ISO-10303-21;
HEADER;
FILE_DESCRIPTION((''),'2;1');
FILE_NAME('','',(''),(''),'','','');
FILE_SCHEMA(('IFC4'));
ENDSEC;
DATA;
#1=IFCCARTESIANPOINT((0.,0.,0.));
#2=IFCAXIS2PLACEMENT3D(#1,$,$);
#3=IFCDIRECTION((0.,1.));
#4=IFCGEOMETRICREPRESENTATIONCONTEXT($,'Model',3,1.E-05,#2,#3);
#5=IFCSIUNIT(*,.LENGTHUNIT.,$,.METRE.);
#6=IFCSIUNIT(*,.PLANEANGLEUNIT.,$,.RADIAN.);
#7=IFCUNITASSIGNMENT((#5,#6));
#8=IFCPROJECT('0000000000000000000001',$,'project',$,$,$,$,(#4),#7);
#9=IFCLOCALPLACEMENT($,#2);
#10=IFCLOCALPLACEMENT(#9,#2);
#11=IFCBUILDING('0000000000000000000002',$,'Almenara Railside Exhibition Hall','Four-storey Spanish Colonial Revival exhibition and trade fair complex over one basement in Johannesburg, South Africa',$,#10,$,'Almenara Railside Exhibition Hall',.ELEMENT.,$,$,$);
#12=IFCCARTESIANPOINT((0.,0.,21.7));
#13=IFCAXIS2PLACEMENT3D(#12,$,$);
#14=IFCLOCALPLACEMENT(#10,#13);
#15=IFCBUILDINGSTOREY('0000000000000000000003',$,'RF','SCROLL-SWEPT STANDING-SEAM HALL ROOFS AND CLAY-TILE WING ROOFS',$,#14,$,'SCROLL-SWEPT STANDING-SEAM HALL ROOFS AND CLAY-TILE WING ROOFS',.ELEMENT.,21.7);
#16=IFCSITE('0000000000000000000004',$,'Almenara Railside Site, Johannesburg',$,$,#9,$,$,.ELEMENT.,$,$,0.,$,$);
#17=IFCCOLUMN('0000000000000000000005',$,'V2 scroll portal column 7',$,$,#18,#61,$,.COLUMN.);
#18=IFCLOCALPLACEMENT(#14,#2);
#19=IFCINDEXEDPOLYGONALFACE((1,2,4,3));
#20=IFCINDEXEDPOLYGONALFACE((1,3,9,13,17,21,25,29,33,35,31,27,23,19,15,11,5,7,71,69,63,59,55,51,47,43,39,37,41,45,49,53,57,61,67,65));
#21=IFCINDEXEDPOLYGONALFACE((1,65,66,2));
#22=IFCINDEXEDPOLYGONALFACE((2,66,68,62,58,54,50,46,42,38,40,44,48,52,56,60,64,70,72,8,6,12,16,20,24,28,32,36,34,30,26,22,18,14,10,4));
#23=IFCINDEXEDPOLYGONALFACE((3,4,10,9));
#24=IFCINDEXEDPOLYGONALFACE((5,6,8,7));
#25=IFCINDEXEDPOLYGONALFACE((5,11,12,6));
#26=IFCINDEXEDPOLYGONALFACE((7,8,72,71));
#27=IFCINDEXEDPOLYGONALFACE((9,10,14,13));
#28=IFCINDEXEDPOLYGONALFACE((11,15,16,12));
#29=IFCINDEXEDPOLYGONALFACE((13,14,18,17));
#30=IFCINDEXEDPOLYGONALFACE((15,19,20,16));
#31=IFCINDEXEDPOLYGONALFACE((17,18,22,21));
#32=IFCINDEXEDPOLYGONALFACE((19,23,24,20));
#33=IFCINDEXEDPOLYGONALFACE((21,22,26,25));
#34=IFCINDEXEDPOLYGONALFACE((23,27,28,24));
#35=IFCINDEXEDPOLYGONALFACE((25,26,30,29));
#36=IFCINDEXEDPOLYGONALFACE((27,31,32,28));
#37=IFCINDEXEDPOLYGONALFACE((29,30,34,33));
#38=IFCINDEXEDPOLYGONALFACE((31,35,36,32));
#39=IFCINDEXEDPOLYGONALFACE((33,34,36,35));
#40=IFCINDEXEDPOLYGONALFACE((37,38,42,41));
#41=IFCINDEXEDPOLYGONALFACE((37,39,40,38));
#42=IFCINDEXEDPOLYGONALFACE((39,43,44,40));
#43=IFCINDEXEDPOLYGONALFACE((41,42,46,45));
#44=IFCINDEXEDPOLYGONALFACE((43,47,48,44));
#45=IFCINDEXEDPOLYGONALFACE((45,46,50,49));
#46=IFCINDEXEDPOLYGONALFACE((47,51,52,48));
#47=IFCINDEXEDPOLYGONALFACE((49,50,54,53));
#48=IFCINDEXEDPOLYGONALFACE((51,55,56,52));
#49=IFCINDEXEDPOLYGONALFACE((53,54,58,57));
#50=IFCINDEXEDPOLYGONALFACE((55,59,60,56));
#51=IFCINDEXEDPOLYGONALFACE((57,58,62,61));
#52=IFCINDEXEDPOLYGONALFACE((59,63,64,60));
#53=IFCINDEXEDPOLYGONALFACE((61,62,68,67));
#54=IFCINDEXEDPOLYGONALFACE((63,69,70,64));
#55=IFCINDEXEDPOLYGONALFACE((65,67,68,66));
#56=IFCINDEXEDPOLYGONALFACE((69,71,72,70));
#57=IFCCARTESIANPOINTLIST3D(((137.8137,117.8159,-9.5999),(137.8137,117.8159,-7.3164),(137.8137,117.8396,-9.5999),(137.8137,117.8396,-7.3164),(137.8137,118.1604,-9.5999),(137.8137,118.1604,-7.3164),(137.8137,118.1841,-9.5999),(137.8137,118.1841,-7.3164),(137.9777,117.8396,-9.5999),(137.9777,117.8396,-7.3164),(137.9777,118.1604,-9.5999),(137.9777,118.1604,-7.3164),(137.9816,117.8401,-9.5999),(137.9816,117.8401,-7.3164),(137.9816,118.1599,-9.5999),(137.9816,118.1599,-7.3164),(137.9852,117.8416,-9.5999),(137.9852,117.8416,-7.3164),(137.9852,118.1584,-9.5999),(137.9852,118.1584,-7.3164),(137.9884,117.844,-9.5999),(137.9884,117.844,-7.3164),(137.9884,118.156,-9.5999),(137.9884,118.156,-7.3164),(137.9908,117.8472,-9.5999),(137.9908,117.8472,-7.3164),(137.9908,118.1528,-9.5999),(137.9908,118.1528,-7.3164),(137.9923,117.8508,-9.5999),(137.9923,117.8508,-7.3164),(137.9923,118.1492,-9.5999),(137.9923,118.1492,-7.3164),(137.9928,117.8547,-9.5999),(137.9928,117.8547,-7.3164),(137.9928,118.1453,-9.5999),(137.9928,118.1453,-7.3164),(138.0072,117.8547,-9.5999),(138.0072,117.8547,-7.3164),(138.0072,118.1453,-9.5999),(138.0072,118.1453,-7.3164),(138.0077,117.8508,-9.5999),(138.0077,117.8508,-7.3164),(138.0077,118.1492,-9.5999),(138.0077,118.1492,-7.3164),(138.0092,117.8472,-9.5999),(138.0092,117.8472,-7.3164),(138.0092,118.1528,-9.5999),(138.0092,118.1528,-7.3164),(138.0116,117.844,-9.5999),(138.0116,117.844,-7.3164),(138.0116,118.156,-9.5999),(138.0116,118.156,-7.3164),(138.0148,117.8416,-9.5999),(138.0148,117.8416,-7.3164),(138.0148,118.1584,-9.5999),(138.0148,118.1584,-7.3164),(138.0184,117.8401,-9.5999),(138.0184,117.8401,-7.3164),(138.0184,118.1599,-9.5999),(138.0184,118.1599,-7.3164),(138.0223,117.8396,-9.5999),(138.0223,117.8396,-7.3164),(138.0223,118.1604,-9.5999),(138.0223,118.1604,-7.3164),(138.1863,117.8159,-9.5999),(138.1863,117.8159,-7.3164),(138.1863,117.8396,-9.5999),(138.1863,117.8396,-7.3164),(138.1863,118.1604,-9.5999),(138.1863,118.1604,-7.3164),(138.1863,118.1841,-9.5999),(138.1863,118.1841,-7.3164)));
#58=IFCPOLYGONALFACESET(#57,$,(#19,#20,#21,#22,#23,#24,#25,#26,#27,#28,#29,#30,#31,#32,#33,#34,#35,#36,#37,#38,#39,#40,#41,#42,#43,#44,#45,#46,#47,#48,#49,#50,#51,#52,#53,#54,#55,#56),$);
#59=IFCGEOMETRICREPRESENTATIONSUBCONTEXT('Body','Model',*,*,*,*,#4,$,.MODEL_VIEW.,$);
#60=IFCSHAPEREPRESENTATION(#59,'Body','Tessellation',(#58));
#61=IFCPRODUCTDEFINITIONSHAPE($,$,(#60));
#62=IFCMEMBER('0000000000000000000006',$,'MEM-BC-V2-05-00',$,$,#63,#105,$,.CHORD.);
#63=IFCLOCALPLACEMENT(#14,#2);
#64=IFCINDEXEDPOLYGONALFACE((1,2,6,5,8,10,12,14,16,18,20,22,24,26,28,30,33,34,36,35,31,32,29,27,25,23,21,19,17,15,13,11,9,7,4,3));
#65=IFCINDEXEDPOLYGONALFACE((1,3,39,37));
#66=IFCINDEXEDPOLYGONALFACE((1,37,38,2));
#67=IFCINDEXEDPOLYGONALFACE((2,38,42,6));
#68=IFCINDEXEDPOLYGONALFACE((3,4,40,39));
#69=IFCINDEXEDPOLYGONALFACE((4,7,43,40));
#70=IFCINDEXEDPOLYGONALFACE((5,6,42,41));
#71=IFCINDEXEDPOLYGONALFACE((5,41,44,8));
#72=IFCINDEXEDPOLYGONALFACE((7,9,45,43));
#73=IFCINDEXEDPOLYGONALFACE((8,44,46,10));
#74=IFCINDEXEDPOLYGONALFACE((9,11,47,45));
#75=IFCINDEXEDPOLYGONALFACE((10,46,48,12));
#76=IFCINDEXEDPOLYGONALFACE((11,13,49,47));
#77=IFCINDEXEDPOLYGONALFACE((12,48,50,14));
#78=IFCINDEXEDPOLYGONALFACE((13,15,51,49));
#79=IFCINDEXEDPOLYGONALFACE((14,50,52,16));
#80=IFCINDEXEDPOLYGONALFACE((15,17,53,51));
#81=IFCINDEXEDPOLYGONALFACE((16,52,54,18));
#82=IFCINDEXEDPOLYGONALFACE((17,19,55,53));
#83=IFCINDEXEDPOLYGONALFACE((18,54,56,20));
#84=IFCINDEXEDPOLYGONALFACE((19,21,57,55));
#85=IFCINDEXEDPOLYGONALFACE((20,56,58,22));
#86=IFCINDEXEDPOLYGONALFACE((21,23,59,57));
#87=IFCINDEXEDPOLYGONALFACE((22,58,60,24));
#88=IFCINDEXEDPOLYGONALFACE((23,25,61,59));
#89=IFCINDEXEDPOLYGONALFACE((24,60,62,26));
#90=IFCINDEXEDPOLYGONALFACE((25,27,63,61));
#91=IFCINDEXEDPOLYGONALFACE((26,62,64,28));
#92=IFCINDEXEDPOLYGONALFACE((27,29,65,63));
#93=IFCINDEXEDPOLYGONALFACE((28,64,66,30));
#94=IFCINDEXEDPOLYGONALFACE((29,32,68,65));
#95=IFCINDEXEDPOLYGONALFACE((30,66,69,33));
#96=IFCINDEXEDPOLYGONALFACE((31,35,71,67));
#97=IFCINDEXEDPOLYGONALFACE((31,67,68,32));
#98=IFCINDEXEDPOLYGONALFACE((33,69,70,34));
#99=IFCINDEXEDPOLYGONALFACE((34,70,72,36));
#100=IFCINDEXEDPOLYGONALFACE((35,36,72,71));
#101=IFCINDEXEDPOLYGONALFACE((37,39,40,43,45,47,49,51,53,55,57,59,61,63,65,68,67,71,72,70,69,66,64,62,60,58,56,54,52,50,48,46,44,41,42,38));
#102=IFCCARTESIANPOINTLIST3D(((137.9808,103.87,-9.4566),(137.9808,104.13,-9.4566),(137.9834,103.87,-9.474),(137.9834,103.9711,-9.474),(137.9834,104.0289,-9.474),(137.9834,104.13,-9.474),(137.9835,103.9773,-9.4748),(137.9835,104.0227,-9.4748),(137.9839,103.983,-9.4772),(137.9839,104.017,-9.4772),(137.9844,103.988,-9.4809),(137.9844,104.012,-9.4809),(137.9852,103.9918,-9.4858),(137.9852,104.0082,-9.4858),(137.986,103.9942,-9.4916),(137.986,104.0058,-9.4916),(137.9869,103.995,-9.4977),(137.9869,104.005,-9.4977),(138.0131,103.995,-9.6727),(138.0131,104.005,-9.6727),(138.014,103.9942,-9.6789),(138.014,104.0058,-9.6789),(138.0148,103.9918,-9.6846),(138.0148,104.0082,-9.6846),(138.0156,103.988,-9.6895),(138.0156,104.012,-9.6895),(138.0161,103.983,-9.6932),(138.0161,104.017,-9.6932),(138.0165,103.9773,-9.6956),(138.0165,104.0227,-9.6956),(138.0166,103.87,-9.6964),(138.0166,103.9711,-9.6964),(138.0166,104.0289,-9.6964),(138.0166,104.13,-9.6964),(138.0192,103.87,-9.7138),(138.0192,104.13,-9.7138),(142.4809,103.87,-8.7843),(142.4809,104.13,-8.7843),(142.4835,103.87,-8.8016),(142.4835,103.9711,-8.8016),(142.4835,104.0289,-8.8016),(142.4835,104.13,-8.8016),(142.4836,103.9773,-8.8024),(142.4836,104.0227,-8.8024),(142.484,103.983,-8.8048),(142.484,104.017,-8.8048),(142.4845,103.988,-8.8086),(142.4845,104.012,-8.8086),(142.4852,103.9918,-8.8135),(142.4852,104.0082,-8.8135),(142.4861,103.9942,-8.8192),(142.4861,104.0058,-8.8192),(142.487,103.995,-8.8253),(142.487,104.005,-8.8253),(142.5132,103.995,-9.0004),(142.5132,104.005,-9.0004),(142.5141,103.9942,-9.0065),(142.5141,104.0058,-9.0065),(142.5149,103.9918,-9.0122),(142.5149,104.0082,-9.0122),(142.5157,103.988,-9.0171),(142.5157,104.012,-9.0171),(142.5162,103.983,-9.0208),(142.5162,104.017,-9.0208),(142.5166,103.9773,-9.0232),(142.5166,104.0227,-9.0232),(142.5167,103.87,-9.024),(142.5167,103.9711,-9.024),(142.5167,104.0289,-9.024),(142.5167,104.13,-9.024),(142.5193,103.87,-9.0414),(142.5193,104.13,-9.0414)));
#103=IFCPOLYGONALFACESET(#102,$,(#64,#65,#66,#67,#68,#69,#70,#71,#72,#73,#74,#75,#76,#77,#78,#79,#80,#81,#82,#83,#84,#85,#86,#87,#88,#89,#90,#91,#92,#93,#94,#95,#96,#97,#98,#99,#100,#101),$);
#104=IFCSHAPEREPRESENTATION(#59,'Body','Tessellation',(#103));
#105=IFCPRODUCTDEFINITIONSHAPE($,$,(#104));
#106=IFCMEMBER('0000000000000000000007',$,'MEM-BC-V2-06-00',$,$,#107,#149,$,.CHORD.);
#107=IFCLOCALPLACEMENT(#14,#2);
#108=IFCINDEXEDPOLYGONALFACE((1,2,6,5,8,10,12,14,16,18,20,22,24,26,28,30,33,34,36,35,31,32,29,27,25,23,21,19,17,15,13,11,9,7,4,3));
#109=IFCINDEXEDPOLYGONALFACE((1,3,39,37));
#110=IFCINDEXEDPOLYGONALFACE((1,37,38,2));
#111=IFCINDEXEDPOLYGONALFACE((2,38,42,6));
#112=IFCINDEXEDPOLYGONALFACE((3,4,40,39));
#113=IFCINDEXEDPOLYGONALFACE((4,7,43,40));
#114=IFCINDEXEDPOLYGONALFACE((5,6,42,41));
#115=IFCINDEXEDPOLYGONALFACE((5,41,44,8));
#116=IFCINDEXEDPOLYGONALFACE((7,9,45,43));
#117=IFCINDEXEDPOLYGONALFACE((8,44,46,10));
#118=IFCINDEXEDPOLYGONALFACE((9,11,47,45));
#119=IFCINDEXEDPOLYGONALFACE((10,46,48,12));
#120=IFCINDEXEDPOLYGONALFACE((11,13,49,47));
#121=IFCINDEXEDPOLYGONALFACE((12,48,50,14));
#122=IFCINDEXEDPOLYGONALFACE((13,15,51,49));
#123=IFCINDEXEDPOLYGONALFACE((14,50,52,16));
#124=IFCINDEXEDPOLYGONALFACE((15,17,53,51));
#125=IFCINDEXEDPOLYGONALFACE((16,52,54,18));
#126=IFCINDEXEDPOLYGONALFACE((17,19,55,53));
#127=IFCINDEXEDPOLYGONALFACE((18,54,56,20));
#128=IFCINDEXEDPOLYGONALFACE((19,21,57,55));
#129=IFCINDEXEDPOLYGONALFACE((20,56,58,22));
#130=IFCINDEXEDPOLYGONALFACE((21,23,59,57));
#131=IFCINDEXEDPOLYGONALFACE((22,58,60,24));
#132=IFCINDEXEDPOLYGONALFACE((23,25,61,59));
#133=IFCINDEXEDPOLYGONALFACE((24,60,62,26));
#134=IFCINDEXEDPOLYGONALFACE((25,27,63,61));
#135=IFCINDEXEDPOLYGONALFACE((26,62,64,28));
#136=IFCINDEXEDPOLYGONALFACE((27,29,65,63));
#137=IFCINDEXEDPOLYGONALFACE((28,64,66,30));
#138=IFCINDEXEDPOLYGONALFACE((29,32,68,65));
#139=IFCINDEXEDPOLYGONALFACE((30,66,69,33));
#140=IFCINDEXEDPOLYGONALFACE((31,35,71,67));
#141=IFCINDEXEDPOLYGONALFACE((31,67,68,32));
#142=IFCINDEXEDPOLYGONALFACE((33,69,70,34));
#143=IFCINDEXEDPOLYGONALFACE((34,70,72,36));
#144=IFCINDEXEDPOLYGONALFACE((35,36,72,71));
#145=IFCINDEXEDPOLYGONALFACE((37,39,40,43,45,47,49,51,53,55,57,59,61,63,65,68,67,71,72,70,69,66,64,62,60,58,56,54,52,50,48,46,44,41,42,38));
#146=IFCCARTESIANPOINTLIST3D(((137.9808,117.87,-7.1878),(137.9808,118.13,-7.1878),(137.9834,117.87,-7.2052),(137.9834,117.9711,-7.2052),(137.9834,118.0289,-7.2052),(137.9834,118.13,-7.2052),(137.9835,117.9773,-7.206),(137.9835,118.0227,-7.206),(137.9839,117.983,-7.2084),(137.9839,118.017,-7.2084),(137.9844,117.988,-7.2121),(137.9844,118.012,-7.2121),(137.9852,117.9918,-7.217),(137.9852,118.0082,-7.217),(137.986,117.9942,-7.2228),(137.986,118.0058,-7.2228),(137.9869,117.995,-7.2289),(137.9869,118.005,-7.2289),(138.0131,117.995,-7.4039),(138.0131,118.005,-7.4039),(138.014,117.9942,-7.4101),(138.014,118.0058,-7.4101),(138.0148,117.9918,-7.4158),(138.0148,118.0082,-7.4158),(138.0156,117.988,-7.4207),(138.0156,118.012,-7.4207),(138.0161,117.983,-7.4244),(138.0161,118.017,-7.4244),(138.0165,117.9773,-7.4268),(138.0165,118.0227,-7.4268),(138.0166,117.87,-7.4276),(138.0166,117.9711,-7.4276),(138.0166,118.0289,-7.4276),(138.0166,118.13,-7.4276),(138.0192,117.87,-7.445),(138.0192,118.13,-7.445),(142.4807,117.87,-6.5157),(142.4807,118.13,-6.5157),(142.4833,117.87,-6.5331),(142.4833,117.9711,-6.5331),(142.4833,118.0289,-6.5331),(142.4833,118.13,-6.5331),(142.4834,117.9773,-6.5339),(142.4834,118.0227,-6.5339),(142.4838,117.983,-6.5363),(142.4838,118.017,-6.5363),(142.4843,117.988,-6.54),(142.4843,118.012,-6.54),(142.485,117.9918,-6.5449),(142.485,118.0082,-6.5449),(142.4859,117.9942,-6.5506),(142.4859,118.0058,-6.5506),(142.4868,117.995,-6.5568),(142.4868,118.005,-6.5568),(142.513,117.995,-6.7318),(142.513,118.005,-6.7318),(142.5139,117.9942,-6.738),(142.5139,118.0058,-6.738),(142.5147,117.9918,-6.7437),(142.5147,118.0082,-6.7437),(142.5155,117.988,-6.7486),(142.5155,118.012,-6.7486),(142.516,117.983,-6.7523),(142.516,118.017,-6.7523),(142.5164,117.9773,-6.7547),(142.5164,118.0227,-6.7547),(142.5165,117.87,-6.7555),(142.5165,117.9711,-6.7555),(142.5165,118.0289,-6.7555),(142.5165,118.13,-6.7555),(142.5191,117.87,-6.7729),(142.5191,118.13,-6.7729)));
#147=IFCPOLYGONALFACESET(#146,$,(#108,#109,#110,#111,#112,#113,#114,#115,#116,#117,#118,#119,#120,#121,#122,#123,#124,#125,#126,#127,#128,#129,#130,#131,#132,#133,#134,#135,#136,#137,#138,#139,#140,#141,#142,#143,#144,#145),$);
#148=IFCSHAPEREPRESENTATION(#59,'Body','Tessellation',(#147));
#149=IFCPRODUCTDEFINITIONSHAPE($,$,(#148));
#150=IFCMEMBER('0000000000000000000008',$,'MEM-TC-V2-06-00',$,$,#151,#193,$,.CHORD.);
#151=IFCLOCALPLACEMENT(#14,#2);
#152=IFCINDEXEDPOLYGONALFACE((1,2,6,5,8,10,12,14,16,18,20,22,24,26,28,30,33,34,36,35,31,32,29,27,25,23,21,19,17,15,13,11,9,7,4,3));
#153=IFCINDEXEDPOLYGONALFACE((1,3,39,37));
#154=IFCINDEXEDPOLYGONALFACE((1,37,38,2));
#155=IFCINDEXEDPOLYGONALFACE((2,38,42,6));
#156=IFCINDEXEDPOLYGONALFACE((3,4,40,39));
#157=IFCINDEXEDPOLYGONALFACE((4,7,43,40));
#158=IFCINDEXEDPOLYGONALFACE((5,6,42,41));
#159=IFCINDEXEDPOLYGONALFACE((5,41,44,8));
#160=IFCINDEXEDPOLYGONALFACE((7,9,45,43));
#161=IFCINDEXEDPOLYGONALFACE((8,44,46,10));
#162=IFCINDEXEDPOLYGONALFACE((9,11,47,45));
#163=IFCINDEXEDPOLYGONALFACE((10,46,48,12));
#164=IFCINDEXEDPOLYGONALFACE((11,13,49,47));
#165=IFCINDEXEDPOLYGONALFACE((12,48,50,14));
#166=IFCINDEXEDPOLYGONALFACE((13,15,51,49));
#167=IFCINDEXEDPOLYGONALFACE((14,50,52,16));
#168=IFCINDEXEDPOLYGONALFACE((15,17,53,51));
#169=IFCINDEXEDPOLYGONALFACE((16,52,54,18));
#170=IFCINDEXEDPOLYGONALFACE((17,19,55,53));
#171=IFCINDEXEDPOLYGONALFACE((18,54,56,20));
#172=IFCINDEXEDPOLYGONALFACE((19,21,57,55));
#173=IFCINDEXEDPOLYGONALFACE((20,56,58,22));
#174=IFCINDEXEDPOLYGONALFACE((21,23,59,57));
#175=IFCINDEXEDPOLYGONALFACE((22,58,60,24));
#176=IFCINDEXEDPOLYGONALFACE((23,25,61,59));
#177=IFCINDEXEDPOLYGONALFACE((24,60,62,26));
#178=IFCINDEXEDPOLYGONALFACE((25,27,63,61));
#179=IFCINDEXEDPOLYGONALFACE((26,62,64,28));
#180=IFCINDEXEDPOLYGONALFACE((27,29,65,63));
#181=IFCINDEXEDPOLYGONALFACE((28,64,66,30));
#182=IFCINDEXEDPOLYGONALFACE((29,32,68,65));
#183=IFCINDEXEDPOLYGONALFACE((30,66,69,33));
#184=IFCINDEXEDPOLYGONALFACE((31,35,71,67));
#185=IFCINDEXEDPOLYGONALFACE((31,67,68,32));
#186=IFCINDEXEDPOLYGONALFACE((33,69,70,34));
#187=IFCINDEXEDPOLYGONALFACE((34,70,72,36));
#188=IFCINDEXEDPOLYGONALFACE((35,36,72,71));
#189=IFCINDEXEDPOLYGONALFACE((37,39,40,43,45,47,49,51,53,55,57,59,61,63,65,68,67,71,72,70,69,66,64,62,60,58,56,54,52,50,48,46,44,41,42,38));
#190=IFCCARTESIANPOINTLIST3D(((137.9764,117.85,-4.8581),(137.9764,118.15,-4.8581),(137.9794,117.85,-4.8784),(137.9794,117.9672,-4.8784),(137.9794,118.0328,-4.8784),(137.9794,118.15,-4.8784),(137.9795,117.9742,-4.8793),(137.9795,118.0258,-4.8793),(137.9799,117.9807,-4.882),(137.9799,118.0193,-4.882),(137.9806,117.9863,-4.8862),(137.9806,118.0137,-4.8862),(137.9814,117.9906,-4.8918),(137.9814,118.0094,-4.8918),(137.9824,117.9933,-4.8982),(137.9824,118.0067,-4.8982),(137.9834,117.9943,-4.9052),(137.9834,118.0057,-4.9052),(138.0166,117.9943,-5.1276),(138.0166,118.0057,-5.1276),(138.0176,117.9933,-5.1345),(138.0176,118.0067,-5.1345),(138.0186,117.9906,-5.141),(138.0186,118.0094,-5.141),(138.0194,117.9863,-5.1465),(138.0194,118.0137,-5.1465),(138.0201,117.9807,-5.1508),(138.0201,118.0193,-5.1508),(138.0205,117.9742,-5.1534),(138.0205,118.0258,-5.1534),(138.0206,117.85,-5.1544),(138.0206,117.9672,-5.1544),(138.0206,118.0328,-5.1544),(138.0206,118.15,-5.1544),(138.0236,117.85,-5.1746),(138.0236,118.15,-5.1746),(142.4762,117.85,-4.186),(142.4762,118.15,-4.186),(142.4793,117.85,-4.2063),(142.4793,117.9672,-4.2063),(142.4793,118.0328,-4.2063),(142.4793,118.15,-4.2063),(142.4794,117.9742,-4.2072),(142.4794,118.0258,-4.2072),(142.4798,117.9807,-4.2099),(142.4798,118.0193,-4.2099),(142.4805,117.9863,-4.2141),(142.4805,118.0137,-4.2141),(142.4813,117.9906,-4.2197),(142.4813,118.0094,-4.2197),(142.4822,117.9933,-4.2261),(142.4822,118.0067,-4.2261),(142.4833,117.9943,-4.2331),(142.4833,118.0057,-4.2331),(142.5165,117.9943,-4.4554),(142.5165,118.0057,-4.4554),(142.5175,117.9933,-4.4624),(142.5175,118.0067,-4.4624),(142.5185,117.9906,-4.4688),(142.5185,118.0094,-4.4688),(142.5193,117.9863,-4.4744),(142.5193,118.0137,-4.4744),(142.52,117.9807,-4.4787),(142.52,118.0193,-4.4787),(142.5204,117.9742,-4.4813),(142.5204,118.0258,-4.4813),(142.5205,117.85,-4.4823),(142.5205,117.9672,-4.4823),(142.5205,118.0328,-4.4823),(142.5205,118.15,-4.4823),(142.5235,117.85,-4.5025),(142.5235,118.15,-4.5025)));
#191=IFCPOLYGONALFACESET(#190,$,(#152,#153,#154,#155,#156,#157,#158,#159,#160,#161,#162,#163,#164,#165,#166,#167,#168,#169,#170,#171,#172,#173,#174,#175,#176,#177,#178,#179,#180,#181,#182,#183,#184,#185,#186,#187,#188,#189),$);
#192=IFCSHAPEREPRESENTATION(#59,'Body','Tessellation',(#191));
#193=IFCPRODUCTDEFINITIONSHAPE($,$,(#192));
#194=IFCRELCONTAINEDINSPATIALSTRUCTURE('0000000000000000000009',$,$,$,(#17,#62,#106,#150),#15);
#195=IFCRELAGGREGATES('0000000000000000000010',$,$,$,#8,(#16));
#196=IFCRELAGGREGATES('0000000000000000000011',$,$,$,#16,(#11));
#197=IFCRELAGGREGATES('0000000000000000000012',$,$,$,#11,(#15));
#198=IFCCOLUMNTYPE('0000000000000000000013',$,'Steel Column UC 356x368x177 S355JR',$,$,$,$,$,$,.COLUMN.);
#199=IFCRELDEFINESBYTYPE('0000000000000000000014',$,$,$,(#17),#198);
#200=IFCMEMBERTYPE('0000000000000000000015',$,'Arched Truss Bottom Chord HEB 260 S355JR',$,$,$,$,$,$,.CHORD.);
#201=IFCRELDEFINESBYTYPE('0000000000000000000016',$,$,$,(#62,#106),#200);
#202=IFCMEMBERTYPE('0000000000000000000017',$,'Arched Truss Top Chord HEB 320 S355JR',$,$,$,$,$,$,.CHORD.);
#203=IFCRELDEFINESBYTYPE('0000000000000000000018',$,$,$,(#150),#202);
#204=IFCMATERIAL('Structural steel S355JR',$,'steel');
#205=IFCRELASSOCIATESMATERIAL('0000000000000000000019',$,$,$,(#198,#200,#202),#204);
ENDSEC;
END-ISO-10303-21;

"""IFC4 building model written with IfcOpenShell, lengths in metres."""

from ifc_helpers import new_model, si_unit, direction, frame, origin, origin_2d, place, context, subcontext, project, spatial, i_section, extrude, material, material_profile, profile_set, type_object, element, save


model = new_model("IFC4")

# Units and contexts
model_context = context("Model", 3, precision=1e-05, world=origin(), true_north=direction((0.0, 1.0)))
body_context = subcontext(model_context, "Body", "Model", "MODEL_VIEW")
ifc_project = project(units=[si_unit("LENGTHUNIT", "METRE"), si_unit("PLANEANGLEUNIT", "RADIAN")], contexts=[model_context])

# Site, building, storey
site_placement = place(None, origin())
site = spatial("IfcSite", under=ifc_project, at=site_placement, Name="Almenara Railside Site, Johannesburg", CompositionType="ELEMENT", RefElevation=0.0)
building_placement = place(site_placement, origin())
building = spatial("IfcBuilding", under=site, at=building_placement, Name="Almenara Railside Exhibition Hall", Description="Four-storey Spanish Colonial Revival exhibition and trade fair complex over one basement in Johannesburg, South Africa", LongName="Almenara Railside Exhibition Hall", CompositionType="ELEMENT")
storey_placement = place(building_placement, frame((0.0, 0.0, 21.7)))
storey = spatial("IfcBuildingStorey", under=building, at=storey_placement, Name="RF", Description="SCROLL-SWEPT STANDING-SEAM HALL ROOFS AND CLAY-TILE WING ROOFS", LongName="SCROLL-SWEPT STANDING-SEAM HALL ROOFS AND CLAY-TILE WING ROOFS", CompositionType="ELEMENT", Elevation=21.7)

# Column
ifc_material_1 = material(Name="Structural steel S355JR", Category="steel")
ifc_material_profile_1 = material_profile(ifc_material_1, i_section(OverallWidth=0.3726, OverallDepth=0.3682, WebThickness=0.0144, FlangeThickness=0.0237, FilletRadius=0.0151, at=origin_2d()), Name="UC 356x368x177")
ifc_profile_set_1 = profile_set([ifc_material_profile_1], Name="Structural steel S355JR")
column_type = type_object("IfcColumnType", Name="Steel Column UC 356x368x177 S355JR", PredefinedType="COLUMN", material=ifc_profile_set_1)
column_placement = place(storey_placement, frame((138.0, 118.0, -9.5999), z_axis=(0.0, 0.0, 1.0), x_axis=(1.0, 0.0, 0.0)))
element("IfcColumn", 1, at=column_placement, inside=storey, type_object=column_type, Name="V2 scroll portal column 7", PredefinedType="COLUMN", context=body_context, shape_type="SweptSolid", body=[
    extrude(i_section(OverallWidth=0.3726, OverallDepth=0.3682, WebThickness=0.0144, FlangeThickness=0.0237, FilletRadius=0.0151, at=origin_2d()), origin(), (0.0, 0.0, 1.0), 2.2834),
])

# Members
ifc_material_profile_2 = material_profile(ifc_material_1, i_section(OverallWidth=0.26, OverallDepth=0.26, WebThickness=0.01, FlangeThickness=0.0176, FilletRadius=0.0239, at=origin_2d()), Name="HEB 260")
ifc_profile_set_2 = profile_set([ifc_material_profile_2], Name="Structural steel S355JR")
member_type_1 = type_object("IfcMemberType", Name="Arched Truss Bottom Chord HEB 260 S355JR", PredefinedType="CHORD", material=ifc_profile_set_2)
member_1_placement = place(storey_placement, frame((138.0, 104.0, -9.5852), z_axis=(0.989021, 0.0, 0.147774), x_axis=(0.0, 1.0, 0.0)))
element("IfcMember", 2, at=member_1_placement, inside=storey, type_object=member_type_1, Name="MEM-BC-V2-05-00", PredefinedType="CHORD", context=body_context, shape_type="SweptSolid", body=[
    extrude(i_section(OverallWidth=0.26, OverallDepth=0.26, WebThickness=0.01, FlangeThickness=0.0176, FilletRadius=0.0239, at=origin_2d()), origin(), (0.0, 0.0, 1.0), 4.55),
])
member_2_placement = place(storey_placement, frame((138.0, 118.0, -7.3164), z_axis=(0.989029, 0.0, 0.147721), x_axis=(0.0, 1.0, 0.0)))
element("IfcMember", 3, at=member_2_placement, inside=storey, type_object=member_type_1, Name="MEM-BC-V2-06-00", PredefinedType="CHORD", context=body_context, shape_type="SweptSolid", body=[
    extrude(i_section(OverallWidth=0.26, OverallDepth=0.26, WebThickness=0.01, FlangeThickness=0.0176, FilletRadius=0.0239, at=origin_2d()), origin(), (0.0, 0.0, 1.0), 4.5498),
])
ifc_material_profile_3 = material_profile(ifc_material_1, i_section(OverallWidth=0.3, OverallDepth=0.3201, WebThickness=0.0115, FlangeThickness=0.0205, FilletRadius=0.0271, at=origin_2d()), Name="HEB 320")
ifc_profile_set_3 = profile_set([ifc_material_profile_3], Name="Structural steel S355JR")
member_type_2 = type_object("IfcMemberType", Name="Arched Truss Top Chord HEB 320 S355JR", PredefinedType="CHORD", material=ifc_profile_set_3)
member_3_placement = place(storey_placement, frame((138.0, 118.0, -5.0164), z_axis=(0.989029, 0.0, 0.147721), x_axis=(0.0, 1.0, 0.0)))
element("IfcMember", 4, at=member_3_placement, inside=storey, type_object=member_type_2, Name="MEM-TC-V2-06-00", PredefinedType="CHORD", context=body_context, shape_type="SweptSolid", body=[
    extrude(i_section(OverallWidth=0.3, OverallDepth=0.3201, WebThickness=0.0115, FlangeThickness=0.0205, FilletRadius=0.0271, at=origin_2d()), origin(), (0.0, 0.0, 1.0), 4.5498),
])

save(model, "model.ifc")
